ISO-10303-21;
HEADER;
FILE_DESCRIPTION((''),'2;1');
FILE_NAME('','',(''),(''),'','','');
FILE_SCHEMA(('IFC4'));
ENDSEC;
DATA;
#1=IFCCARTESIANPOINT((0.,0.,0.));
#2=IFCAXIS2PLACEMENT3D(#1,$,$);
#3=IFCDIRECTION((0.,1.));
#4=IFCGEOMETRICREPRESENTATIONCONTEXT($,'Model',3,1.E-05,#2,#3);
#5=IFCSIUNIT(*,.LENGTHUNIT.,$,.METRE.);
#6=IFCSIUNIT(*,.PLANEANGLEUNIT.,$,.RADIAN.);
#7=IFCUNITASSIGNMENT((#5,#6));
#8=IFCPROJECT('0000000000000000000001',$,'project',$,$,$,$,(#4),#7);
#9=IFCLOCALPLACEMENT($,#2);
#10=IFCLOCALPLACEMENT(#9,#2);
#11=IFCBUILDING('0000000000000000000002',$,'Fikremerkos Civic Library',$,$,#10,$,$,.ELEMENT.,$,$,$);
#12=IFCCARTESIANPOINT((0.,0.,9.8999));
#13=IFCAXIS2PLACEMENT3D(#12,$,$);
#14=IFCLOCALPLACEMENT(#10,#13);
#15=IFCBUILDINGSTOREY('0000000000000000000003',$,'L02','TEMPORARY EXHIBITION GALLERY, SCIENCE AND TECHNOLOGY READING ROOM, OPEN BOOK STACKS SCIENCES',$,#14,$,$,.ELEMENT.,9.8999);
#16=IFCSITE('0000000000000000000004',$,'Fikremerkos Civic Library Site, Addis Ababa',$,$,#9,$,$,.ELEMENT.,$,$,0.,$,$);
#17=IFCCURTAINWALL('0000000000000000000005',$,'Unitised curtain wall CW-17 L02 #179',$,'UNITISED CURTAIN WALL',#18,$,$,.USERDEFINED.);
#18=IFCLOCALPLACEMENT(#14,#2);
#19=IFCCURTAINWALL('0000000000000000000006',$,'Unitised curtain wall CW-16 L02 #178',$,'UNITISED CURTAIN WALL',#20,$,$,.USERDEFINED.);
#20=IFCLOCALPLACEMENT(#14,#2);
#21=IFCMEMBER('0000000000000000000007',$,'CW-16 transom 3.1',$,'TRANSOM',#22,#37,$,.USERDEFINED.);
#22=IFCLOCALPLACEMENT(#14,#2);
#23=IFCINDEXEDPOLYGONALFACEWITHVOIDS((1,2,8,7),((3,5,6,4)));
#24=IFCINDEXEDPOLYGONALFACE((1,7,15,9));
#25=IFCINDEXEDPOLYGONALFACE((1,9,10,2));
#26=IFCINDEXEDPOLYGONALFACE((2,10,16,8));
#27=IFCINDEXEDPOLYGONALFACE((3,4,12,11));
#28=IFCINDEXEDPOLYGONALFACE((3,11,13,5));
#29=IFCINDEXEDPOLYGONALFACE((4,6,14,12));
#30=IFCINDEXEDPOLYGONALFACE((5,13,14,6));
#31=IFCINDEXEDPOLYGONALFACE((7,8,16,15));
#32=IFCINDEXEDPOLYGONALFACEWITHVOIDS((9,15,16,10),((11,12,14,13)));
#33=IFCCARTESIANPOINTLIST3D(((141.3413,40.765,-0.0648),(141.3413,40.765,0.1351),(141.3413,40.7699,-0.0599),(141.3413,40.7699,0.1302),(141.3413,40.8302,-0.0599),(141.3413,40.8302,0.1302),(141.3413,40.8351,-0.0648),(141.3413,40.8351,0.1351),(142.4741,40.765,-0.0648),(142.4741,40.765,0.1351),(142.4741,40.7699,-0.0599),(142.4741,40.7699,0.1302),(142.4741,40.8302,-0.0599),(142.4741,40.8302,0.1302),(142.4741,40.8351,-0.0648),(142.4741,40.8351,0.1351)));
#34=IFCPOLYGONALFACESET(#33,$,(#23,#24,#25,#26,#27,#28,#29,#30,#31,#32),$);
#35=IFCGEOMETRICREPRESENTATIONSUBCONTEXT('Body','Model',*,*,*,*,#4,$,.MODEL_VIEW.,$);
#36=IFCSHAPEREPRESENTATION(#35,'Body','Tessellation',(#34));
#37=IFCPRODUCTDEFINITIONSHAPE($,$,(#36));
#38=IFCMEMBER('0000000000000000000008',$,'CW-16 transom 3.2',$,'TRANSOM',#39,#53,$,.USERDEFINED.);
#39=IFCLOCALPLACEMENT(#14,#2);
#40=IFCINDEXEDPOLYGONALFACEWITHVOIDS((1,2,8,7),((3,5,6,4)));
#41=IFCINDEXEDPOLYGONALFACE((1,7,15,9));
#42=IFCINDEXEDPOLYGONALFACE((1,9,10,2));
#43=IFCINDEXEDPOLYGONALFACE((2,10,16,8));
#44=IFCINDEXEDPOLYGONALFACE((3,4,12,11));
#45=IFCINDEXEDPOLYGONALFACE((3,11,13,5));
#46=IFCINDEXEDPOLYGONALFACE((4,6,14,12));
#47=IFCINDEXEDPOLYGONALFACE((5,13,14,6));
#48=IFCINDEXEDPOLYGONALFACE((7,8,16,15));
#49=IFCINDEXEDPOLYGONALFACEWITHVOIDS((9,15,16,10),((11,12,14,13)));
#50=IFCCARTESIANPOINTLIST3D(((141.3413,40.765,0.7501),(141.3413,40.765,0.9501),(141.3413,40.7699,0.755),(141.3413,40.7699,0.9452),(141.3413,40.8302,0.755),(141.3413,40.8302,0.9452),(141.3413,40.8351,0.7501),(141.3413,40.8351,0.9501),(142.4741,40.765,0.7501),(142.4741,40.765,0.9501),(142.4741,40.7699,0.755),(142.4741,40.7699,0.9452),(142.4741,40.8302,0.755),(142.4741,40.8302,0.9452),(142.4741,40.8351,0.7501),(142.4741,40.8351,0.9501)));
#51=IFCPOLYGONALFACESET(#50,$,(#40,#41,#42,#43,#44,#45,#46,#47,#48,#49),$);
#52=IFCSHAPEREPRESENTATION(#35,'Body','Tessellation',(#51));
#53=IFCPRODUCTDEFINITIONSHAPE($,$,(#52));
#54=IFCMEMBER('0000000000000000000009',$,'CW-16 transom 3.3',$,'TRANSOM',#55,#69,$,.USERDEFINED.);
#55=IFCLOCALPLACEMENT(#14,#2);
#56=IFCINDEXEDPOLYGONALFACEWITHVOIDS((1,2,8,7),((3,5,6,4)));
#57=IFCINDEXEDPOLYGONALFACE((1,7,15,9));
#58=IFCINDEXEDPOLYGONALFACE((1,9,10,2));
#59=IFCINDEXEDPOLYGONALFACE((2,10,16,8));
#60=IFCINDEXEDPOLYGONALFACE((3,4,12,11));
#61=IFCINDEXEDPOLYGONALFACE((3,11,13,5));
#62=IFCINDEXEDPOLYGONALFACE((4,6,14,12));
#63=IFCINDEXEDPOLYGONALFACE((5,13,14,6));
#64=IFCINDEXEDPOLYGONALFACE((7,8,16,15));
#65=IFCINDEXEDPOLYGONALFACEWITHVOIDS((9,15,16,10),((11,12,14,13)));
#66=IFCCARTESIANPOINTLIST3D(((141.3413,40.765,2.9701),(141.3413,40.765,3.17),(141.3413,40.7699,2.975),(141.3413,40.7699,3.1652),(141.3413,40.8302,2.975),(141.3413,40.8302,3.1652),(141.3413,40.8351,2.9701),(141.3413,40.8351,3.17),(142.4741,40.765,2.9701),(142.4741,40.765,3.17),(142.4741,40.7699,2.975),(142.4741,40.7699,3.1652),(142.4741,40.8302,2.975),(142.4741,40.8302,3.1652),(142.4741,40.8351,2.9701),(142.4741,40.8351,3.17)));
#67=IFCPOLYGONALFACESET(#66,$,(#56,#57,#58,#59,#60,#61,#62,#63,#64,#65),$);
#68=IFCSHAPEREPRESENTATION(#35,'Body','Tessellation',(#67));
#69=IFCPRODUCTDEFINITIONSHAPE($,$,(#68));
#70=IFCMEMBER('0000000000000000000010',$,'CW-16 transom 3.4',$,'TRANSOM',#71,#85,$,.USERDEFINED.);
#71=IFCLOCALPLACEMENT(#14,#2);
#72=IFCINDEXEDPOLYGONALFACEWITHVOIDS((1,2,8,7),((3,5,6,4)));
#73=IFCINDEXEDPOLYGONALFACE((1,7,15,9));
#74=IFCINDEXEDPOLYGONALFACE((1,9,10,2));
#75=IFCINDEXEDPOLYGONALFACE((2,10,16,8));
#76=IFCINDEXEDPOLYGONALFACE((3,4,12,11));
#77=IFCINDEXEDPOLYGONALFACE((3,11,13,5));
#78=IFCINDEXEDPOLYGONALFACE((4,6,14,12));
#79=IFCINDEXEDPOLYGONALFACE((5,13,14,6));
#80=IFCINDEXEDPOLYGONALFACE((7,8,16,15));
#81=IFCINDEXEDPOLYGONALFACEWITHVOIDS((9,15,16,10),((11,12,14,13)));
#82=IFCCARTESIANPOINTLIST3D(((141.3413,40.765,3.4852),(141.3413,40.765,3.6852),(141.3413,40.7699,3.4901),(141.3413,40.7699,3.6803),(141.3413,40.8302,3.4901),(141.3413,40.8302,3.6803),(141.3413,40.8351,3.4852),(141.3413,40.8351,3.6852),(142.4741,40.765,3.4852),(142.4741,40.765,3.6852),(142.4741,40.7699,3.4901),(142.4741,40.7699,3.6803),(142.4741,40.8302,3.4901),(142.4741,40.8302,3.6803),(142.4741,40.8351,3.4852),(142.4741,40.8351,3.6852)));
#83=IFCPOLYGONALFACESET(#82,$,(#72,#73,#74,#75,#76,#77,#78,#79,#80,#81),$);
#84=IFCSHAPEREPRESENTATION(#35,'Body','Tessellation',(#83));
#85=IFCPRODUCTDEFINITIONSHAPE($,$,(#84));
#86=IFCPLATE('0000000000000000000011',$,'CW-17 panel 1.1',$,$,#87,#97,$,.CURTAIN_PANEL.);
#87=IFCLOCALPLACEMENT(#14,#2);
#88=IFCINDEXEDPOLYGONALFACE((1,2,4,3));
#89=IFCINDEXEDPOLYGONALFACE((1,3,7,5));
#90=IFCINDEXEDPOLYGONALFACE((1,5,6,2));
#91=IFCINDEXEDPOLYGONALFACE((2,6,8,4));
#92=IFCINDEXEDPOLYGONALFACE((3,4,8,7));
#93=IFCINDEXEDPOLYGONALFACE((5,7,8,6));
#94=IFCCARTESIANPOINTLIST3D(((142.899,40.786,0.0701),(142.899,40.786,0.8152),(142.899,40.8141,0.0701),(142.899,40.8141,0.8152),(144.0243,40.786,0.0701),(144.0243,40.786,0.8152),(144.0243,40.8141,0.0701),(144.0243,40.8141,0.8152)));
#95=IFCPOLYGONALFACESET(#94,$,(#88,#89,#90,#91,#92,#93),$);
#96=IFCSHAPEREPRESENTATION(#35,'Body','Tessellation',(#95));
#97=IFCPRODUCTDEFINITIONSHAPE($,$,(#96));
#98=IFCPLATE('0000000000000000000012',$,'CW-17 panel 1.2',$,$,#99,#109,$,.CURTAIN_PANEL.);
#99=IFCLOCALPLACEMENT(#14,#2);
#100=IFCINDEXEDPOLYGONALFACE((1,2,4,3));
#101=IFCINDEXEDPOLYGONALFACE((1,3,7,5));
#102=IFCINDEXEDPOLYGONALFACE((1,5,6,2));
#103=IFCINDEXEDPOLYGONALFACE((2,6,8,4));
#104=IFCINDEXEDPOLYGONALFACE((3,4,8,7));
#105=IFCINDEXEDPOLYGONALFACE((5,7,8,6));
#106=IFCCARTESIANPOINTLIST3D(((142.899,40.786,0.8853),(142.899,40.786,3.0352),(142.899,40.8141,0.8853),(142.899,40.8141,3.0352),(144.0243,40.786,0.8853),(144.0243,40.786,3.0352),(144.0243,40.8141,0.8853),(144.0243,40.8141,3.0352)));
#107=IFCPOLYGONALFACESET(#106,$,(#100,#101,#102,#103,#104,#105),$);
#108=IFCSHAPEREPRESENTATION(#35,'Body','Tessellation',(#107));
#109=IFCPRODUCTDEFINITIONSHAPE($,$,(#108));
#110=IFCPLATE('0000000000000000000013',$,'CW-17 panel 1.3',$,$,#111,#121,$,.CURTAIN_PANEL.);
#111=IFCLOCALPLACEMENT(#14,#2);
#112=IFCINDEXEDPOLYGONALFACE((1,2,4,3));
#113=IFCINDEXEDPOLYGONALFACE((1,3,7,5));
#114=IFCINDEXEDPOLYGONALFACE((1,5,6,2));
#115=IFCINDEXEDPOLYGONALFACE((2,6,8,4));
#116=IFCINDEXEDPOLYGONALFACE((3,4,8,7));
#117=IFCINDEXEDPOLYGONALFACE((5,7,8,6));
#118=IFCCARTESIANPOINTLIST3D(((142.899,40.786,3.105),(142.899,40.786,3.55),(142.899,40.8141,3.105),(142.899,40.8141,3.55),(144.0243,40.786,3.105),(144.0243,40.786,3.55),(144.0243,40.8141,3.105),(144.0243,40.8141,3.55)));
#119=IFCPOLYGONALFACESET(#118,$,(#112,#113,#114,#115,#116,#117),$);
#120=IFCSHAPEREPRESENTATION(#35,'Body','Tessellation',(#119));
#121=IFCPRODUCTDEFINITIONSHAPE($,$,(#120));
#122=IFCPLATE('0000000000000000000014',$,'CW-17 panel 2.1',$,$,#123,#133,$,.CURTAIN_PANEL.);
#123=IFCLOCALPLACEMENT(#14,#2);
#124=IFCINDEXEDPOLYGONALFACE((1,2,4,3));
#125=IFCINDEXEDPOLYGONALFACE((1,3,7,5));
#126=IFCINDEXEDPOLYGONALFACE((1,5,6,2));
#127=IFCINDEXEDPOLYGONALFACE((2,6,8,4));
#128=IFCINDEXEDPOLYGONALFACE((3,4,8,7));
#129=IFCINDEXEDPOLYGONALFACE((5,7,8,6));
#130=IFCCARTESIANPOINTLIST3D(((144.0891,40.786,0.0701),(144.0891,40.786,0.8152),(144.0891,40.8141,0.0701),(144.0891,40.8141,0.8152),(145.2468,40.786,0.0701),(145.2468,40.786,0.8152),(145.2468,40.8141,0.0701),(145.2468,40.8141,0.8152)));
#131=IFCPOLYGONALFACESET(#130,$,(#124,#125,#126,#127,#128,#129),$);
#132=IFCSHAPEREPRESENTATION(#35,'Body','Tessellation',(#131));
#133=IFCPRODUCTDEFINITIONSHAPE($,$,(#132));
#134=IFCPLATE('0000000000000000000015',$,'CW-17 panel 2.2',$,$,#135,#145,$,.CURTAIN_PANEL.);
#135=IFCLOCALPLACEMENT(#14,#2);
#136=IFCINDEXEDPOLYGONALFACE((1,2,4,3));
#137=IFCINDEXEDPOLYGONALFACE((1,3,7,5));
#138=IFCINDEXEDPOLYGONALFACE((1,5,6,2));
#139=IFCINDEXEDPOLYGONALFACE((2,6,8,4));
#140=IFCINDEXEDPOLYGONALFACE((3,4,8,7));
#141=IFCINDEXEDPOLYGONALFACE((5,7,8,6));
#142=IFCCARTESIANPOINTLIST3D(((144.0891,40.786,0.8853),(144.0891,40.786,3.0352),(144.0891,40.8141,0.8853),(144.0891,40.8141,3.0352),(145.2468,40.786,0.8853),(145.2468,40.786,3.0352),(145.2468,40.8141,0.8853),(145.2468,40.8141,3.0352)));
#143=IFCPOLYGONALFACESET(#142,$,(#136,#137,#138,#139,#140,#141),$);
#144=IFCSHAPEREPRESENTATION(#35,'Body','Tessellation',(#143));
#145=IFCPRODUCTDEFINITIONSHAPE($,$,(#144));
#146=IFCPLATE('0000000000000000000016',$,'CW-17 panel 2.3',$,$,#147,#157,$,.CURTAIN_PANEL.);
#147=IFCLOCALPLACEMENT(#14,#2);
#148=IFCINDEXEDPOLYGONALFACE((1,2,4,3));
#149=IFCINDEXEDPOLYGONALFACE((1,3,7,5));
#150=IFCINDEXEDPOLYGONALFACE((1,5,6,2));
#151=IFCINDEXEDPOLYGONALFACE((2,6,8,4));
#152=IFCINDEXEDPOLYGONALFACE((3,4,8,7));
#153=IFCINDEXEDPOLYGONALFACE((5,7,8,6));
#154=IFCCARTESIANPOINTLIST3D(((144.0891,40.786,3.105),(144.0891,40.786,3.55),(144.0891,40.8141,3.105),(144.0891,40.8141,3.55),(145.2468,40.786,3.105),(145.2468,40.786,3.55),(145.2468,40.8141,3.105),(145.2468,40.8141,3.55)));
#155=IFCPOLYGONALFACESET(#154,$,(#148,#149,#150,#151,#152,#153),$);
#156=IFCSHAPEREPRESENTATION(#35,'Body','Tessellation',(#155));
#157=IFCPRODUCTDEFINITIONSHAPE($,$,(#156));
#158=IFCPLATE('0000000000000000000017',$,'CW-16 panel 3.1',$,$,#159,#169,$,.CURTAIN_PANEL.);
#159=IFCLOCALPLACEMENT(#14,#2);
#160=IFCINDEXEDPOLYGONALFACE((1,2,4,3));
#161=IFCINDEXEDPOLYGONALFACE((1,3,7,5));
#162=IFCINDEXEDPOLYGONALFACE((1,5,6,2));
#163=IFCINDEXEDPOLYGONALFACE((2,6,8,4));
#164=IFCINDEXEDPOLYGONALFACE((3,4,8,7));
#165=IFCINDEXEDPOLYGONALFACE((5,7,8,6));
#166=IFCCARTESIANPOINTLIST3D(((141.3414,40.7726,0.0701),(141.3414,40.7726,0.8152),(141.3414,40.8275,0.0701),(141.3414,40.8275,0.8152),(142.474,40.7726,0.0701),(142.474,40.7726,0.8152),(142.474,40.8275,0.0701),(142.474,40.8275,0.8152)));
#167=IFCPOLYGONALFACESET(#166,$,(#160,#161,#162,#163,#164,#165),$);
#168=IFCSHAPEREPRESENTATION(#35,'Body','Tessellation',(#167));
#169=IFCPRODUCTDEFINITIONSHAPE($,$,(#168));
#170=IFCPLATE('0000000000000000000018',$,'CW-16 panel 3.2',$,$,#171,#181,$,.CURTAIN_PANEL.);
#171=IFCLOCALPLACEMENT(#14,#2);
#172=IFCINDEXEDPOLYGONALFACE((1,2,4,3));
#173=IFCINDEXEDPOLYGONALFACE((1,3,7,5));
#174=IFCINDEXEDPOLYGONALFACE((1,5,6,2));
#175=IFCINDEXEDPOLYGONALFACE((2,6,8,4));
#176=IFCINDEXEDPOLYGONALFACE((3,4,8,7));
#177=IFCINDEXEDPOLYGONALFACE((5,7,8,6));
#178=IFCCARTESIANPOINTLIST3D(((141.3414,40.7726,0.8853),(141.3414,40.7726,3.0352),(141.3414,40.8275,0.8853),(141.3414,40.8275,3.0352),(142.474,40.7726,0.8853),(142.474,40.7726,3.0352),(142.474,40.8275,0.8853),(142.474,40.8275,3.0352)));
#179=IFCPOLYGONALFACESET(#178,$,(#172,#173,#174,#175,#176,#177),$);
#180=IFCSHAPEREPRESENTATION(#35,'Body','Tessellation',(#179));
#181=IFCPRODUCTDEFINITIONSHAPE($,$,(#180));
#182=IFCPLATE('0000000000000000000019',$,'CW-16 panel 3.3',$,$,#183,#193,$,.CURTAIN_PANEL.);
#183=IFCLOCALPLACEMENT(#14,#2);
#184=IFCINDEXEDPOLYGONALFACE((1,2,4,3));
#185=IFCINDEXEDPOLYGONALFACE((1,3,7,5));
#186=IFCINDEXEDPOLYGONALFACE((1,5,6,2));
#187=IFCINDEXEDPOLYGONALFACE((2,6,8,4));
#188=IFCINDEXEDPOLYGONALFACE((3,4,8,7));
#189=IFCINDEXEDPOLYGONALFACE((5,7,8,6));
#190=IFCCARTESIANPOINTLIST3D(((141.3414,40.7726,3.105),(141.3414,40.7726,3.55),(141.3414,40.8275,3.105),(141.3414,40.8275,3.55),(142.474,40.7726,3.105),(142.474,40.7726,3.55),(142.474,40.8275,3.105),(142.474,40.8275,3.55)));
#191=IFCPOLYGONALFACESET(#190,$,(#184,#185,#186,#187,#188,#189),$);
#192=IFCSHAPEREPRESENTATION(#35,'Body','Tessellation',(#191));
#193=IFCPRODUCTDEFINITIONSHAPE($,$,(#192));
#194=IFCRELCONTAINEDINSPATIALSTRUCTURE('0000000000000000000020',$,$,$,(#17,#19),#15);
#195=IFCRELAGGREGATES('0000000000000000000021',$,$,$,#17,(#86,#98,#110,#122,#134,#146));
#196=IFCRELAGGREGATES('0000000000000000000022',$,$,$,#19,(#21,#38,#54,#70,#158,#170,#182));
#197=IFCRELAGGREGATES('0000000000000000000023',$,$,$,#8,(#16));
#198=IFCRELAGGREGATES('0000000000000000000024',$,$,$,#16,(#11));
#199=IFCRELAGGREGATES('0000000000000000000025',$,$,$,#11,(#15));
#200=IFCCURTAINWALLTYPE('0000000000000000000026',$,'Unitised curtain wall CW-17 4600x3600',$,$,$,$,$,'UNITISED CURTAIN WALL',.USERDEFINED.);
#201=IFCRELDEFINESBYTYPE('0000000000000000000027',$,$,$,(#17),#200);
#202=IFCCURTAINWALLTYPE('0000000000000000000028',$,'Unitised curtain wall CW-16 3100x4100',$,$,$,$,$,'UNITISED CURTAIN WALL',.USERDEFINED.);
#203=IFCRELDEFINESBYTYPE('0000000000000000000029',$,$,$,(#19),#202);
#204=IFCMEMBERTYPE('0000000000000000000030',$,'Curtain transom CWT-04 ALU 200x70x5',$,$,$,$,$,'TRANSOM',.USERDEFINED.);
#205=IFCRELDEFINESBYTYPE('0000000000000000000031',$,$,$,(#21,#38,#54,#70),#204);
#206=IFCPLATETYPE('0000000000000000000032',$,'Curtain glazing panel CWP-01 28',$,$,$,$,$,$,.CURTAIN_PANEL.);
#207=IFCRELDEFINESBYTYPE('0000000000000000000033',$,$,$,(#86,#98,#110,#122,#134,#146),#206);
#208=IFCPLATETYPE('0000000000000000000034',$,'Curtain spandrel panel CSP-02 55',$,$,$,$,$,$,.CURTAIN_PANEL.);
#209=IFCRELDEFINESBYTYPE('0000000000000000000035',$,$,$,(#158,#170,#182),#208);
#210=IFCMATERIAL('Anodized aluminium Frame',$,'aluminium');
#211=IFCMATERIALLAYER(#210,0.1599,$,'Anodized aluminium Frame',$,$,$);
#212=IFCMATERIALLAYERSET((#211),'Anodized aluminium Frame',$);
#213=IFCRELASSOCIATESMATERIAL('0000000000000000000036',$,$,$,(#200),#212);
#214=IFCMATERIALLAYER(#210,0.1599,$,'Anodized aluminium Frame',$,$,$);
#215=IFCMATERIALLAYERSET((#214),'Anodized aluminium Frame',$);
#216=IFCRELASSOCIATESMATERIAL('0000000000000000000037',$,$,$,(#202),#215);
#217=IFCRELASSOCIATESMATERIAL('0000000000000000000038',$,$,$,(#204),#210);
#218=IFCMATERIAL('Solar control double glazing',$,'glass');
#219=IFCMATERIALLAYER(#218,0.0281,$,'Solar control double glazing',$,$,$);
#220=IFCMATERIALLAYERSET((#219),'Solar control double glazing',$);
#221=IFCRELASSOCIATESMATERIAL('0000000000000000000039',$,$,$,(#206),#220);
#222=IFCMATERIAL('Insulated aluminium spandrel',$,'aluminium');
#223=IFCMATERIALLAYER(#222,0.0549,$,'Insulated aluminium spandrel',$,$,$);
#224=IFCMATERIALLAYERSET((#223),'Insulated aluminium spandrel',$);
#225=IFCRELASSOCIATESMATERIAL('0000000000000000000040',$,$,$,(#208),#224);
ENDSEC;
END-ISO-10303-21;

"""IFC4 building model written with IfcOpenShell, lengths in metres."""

from ifc_helpers import new_model, si_unit, direction, frame, origin, origin_2d, place, context, subcontext, project, spatial, rectangle, hollow_rectangle, extrude, material, layer, layer_set, material_profile, profile_set, type_object, element, aggregate, save


model = new_model("IFC4")

# Units and contexts
model_context = context("Model", 3, precision=1e-05, world=origin(), true_north=direction((0.0, 1.0)))
body_context = subcontext(model_context, "Body", "Model", "MODEL_VIEW")
ifc_project = project(units=[si_unit("LENGTHUNIT", "METRE"), si_unit("PLANEANGLEUNIT", "RADIAN")], contexts=[model_context])

# Site, building, storey
site_placement = place(None, origin())
site = spatial("IfcSite", under=ifc_project, at=site_placement, Name="Fikremerkos Civic Library Site, Addis Ababa", CompositionType="ELEMENT", RefElevation=0.0)
building_placement = place(site_placement, origin())
building = spatial("IfcBuilding", under=site, at=building_placement, Name="Fikremerkos Civic Library", CompositionType="ELEMENT")
storey_placement = place(building_placement, frame((0.0, 0.0, 9.8999)))
storey = spatial("IfcBuildingStorey", under=building, at=storey_placement, Name="L02", Description="TEMPORARY EXHIBITION GALLERY, SCIENCE AND TECHNOLOGY READING ROOM, OPEN BOOK STACKS SCIENCES", CompositionType="ELEMENT", Elevation=9.8999)

# Curtain wall
ifc_material_1 = material(Name="Anodized aluminium Frame", Category="aluminium")
ifc_layer_1 = layer(ifc_material_1, 0.1599, Name="Anodized aluminium Frame")
ifc_layer_set_1 = layer_set([ifc_layer_1], Name="Anodized aluminium Frame")
curtain_wall_type_1 = type_object("IfcCurtainWallType", Name="Unitised curtain wall CW-17 4600x3600", ElementType="UNITISED CURTAIN WALL", PredefinedType="USERDEFINED", material=ifc_layer_set_1)
curtain_wall_1_placement = place(storey_placement, origin())
curtain_wall_1 = element("IfcCurtainWall", 1, at=curtain_wall_1_placement, inside=storey, type_object=curtain_wall_type_1, Name="Unitised curtain wall CW-17 L02 #179", ObjectType="UNITISED CURTAIN WALL", PredefinedType="USERDEFINED")

# Curtain wall
ifc_layer_2 = layer(ifc_material_1, 0.1599, Name="Anodized aluminium Frame")
ifc_layer_set_2 = layer_set([ifc_layer_2], Name="Anodized aluminium Frame")
curtain_wall_type_2 = type_object("IfcCurtainWallType", Name="Unitised curtain wall CW-16 3100x4100", ElementType="UNITISED CURTAIN WALL", PredefinedType="USERDEFINED", material=ifc_layer_set_2)
curtain_wall_2_placement = place(storey_placement, origin())
curtain_wall_2 = element("IfcCurtainWall", 2, at=curtain_wall_2_placement, inside=storey, type_object=curtain_wall_type_2, Name="Unitised curtain wall CW-16 L02 #178", ObjectType="UNITISED CURTAIN WALL", PredefinedType="USERDEFINED")

# Members
ifc_material_profile_1 = material_profile(ifc_material_1, hollow_rectangle(XDim=0.0701, YDim=0.2, WallThickness=0.0049, at=origin_2d()), Name="ALU 200x70x5")
ifc_profile_set_1 = profile_set([ifc_material_profile_1], Name="Anodized aluminium Frame")
member_type_1 = type_object("IfcMemberType", Name="Curtain transom CWT-04 ALU 200x70x5", ElementType="TRANSOM", PredefinedType="USERDEFINED", material=ifc_profile_set_1)
member_1_placement = place(storey_placement, frame((141.3413, 40.8, 0.0352), z_axis=(1.0, 0.0, 0.0), x_axis=(0.0, 1.0, 0.0)))
member_1 = element("IfcMember", 3, at=member_1_placement, type_object=member_type_1, Name="CW-16 transom 3.1", ObjectType="TRANSOM", PredefinedType="USERDEFINED", context=body_context, shape_type="SweptSolid", body=[
    extrude(hollow_rectangle(XDim=0.0701, YDim=0.2, WallThickness=0.0049, at=origin_2d()), origin(), (0.0, 0.0, 1.0), 1.1328),
])
member_2_placement = place(storey_placement, frame((141.3413, 40.8, 0.8501), z_axis=(1.0, 0.0, 0.0), x_axis=(0.0, 1.0, 0.0)))
member_2 = element("IfcMember", 4, at=member_2_placement, type_object=member_type_1, Name="CW-16 transom 3.2", ObjectType="TRANSOM", PredefinedType="USERDEFINED", context=body_context, shape_type="SweptSolid", body=[
    extrude(hollow_rectangle(XDim=0.0701, YDim=0.2, WallThickness=0.0049, at=origin_2d()), origin(), (0.0, 0.0, 1.0), 1.1328),
])
member_3_placement = place(storey_placement, frame((141.3413, 40.8, 3.0701), z_axis=(1.0, 0.0, 0.0), x_axis=(0.0, 1.0, 0.0)))
member_3 = element("IfcMember", 5, at=member_3_placement, type_object=member_type_1, Name="CW-16 transom 3.3", ObjectType="TRANSOM", PredefinedType="USERDEFINED", context=body_context, shape_type="SweptSolid", body=[
    extrude(hollow_rectangle(XDim=0.0701, YDim=0.2, WallThickness=0.0049, at=origin_2d()), origin(), (0.0, 0.0, 1.0), 1.1328),
])
member_4_placement = place(storey_placement, frame((141.3413, 40.8, 3.5852), z_axis=(1.0, 0.0, 0.0), x_axis=(0.0, 1.0, 0.0)))
member_4 = element("IfcMember", 6, at=member_4_placement, type_object=member_type_1, Name="CW-16 transom 3.4", ObjectType="TRANSOM", PredefinedType="USERDEFINED", context=body_context, shape_type="SweptSolid", body=[
    extrude(hollow_rectangle(XDim=0.0701, YDim=0.2, WallThickness=0.0049, at=origin_2d()), origin(), (0.0, 0.0, 1.0), 1.1328),
])

# Plates
ifc_material_2 = material(Name="Solar control double glazing", Category="glass")
ifc_layer_3 = layer(ifc_material_2, 0.0281, Name="Solar control double glazing")
ifc_layer_set_3 = layer_set([ifc_layer_3], Name="Solar control double glazing")
plate_type_1 = type_object("IfcPlateType", Name="Curtain glazing panel CWP-01 28", PredefinedType="CURTAIN_PANEL", material=ifc_layer_set_3)
plate_1_placement = place(storey_placement, frame((143.4617, 40.8, 0.0701), z_axis=(0.0, 0.0, 1.0), x_axis=(1.0, 0.0, 0.0)))
plate_1 = element("IfcPlate", 7, at=plate_1_placement, type_object=plate_type_1, Name="CW-17 panel 1.1", PredefinedType="CURTAIN_PANEL", context=body_context, shape_type="SweptSolid", body=[
    extrude(rectangle(XDim=1.1252, YDim=0.0281, at=origin_2d()), origin(), (0.0, 0.0, 1.0), 0.7451),
])
plate_2_placement = place(storey_placement, frame((143.4617, 40.8, 0.8853), z_axis=(0.0, 0.0, 1.0), x_axis=(1.0, 0.0, 0.0)))
plate_2 = element("IfcPlate", 8, at=plate_2_placement, type_object=plate_type_1, Name="CW-17 panel 1.2", PredefinedType="CURTAIN_PANEL", context=body_context, shape_type="SweptSolid", body=[
    extrude(rectangle(XDim=1.1252, YDim=0.0281, at=origin_2d()), origin(), (0.0, 0.0, 1.0), 2.1499),
])
plate_3_placement = place(storey_placement, frame((143.4617, 40.8, 3.105), z_axis=(0.0, 0.0, 1.0), x_axis=(1.0, 0.0, 0.0)))
plate_3 = element("IfcPlate", 9, at=plate_3_placement, type_object=plate_type_1, Name="CW-17 panel 1.3", PredefinedType="CURTAIN_PANEL", context=body_context, shape_type="SweptSolid", body=[
    extrude(rectangle(XDim=1.1252, YDim=0.0281, at=origin_2d()), origin(), (0.0, 0.0, 1.0), 0.4451),
])
plate_4_placement = place(storey_placement, frame((144.668, 40.8, 0.0701), z_axis=(0.0, 0.0, 1.0), x_axis=(1.0, 0.0, 0.0)))
plate_4 = element("IfcPlate", 10, at=plate_4_placement, type_object=plate_type_1, Name="CW-17 panel 2.1", PredefinedType="CURTAIN_PANEL", context=body_context, shape_type="SweptSolid", body=[
    extrude(rectangle(XDim=1.1577, YDim=0.0281, at=origin_2d()), origin(), (0.0, 0.0, 1.0), 0.7451),
])
plate_5_placement = place(storey_placement, frame((144.668, 40.8, 0.8853), z_axis=(0.0, 0.0, 1.0), x_axis=(1.0, 0.0, 0.0)))
plate_5 = element("IfcPlate", 11, at=plate_5_placement, type_object=plate_type_1, Name="CW-17 panel 2.2", PredefinedType="CURTAIN_PANEL", context=body_context, shape_type="SweptSolid", body=[
    extrude(rectangle(XDim=1.1577, YDim=0.0281, at=origin_2d()), origin(), (0.0, 0.0, 1.0), 2.1499),
])
plate_6_placement = place(storey_placement, frame((144.668, 40.8, 3.105), z_axis=(0.0, 0.0, 1.0), x_axis=(1.0, 0.0, 0.0)))
plate_6 = element("IfcPlate", 12, at=plate_6_placement, type_object=plate_type_1, Name="CW-17 panel 2.3", PredefinedType="CURTAIN_PANEL", context=body_context, shape_type="SweptSolid", body=[
    extrude(rectangle(XDim=1.1577, YDim=0.0281, at=origin_2d()), origin(), (0.0, 0.0, 1.0), 0.4451),
])
aggregate(curtain_wall_1, [plate_1, plate_2, plate_3, plate_4, plate_5, plate_6])
ifc_material_3 = material(Name="Insulated aluminium spandrel", Category="aluminium")
ifc_layer_4 = layer(ifc_material_3, 0.0549, Name="Insulated aluminium spandrel")
ifc_layer_set_4 = layer_set([ifc_layer_4], Name="Insulated aluminium spandrel")
plate_type_2 = type_object("IfcPlateType", Name="Curtain spandrel panel CSP-02 55", PredefinedType="CURTAIN_PANEL", material=ifc_layer_set_4)
plate_7_placement = place(storey_placement, frame((141.9077, 40.8, 0.0701), z_axis=(0.0, 0.0, 1.0), x_axis=(1.0, 0.0, 0.0)))
plate_7 = element("IfcPlate", 13, at=plate_7_placement, type_object=plate_type_2, Name="CW-16 panel 3.1", PredefinedType="CURTAIN_PANEL", context=body_context, shape_type="SweptSolid", body=[
    extrude(rectangle(XDim=1.1326, YDim=0.0549, at=origin_2d()), origin(), (0.0, 0.0, 1.0), 0.7451),
])
plate_8_placement = place(storey_placement, frame((141.9077, 40.8, 0.8853), z_axis=(0.0, 0.0, 1.0), x_axis=(1.0, 0.0, 0.0)))
plate_8 = element("IfcPlate", 14, at=plate_8_placement, type_object=plate_type_2, Name="CW-16 panel 3.2", PredefinedType="CURTAIN_PANEL", context=body_context, shape_type="SweptSolid", body=[
    extrude(rectangle(XDim=1.1326, YDim=0.0549, at=origin_2d()), origin(), (0.0, 0.0, 1.0), 2.1499),
])
plate_9_placement = place(storey_placement, frame((141.9077, 40.8, 3.105), z_axis=(0.0, 0.0, 1.0), x_axis=(1.0, 0.0, 0.0)))
plate_9 = element("IfcPlate", 15, at=plate_9_placement, type_object=plate_type_2, Name="CW-16 panel 3.3", PredefinedType="CURTAIN_PANEL", context=body_context, shape_type="SweptSolid", body=[
    extrude(rectangle(XDim=1.1326, YDim=0.0549, at=origin_2d()), origin(), (0.0, 0.0, 1.0), 0.4451),
])
aggregate(curtain_wall_2, [member_1, member_2, member_3, member_4, plate_7, plate_8, plate_9])

save(model, "model.ifc")
